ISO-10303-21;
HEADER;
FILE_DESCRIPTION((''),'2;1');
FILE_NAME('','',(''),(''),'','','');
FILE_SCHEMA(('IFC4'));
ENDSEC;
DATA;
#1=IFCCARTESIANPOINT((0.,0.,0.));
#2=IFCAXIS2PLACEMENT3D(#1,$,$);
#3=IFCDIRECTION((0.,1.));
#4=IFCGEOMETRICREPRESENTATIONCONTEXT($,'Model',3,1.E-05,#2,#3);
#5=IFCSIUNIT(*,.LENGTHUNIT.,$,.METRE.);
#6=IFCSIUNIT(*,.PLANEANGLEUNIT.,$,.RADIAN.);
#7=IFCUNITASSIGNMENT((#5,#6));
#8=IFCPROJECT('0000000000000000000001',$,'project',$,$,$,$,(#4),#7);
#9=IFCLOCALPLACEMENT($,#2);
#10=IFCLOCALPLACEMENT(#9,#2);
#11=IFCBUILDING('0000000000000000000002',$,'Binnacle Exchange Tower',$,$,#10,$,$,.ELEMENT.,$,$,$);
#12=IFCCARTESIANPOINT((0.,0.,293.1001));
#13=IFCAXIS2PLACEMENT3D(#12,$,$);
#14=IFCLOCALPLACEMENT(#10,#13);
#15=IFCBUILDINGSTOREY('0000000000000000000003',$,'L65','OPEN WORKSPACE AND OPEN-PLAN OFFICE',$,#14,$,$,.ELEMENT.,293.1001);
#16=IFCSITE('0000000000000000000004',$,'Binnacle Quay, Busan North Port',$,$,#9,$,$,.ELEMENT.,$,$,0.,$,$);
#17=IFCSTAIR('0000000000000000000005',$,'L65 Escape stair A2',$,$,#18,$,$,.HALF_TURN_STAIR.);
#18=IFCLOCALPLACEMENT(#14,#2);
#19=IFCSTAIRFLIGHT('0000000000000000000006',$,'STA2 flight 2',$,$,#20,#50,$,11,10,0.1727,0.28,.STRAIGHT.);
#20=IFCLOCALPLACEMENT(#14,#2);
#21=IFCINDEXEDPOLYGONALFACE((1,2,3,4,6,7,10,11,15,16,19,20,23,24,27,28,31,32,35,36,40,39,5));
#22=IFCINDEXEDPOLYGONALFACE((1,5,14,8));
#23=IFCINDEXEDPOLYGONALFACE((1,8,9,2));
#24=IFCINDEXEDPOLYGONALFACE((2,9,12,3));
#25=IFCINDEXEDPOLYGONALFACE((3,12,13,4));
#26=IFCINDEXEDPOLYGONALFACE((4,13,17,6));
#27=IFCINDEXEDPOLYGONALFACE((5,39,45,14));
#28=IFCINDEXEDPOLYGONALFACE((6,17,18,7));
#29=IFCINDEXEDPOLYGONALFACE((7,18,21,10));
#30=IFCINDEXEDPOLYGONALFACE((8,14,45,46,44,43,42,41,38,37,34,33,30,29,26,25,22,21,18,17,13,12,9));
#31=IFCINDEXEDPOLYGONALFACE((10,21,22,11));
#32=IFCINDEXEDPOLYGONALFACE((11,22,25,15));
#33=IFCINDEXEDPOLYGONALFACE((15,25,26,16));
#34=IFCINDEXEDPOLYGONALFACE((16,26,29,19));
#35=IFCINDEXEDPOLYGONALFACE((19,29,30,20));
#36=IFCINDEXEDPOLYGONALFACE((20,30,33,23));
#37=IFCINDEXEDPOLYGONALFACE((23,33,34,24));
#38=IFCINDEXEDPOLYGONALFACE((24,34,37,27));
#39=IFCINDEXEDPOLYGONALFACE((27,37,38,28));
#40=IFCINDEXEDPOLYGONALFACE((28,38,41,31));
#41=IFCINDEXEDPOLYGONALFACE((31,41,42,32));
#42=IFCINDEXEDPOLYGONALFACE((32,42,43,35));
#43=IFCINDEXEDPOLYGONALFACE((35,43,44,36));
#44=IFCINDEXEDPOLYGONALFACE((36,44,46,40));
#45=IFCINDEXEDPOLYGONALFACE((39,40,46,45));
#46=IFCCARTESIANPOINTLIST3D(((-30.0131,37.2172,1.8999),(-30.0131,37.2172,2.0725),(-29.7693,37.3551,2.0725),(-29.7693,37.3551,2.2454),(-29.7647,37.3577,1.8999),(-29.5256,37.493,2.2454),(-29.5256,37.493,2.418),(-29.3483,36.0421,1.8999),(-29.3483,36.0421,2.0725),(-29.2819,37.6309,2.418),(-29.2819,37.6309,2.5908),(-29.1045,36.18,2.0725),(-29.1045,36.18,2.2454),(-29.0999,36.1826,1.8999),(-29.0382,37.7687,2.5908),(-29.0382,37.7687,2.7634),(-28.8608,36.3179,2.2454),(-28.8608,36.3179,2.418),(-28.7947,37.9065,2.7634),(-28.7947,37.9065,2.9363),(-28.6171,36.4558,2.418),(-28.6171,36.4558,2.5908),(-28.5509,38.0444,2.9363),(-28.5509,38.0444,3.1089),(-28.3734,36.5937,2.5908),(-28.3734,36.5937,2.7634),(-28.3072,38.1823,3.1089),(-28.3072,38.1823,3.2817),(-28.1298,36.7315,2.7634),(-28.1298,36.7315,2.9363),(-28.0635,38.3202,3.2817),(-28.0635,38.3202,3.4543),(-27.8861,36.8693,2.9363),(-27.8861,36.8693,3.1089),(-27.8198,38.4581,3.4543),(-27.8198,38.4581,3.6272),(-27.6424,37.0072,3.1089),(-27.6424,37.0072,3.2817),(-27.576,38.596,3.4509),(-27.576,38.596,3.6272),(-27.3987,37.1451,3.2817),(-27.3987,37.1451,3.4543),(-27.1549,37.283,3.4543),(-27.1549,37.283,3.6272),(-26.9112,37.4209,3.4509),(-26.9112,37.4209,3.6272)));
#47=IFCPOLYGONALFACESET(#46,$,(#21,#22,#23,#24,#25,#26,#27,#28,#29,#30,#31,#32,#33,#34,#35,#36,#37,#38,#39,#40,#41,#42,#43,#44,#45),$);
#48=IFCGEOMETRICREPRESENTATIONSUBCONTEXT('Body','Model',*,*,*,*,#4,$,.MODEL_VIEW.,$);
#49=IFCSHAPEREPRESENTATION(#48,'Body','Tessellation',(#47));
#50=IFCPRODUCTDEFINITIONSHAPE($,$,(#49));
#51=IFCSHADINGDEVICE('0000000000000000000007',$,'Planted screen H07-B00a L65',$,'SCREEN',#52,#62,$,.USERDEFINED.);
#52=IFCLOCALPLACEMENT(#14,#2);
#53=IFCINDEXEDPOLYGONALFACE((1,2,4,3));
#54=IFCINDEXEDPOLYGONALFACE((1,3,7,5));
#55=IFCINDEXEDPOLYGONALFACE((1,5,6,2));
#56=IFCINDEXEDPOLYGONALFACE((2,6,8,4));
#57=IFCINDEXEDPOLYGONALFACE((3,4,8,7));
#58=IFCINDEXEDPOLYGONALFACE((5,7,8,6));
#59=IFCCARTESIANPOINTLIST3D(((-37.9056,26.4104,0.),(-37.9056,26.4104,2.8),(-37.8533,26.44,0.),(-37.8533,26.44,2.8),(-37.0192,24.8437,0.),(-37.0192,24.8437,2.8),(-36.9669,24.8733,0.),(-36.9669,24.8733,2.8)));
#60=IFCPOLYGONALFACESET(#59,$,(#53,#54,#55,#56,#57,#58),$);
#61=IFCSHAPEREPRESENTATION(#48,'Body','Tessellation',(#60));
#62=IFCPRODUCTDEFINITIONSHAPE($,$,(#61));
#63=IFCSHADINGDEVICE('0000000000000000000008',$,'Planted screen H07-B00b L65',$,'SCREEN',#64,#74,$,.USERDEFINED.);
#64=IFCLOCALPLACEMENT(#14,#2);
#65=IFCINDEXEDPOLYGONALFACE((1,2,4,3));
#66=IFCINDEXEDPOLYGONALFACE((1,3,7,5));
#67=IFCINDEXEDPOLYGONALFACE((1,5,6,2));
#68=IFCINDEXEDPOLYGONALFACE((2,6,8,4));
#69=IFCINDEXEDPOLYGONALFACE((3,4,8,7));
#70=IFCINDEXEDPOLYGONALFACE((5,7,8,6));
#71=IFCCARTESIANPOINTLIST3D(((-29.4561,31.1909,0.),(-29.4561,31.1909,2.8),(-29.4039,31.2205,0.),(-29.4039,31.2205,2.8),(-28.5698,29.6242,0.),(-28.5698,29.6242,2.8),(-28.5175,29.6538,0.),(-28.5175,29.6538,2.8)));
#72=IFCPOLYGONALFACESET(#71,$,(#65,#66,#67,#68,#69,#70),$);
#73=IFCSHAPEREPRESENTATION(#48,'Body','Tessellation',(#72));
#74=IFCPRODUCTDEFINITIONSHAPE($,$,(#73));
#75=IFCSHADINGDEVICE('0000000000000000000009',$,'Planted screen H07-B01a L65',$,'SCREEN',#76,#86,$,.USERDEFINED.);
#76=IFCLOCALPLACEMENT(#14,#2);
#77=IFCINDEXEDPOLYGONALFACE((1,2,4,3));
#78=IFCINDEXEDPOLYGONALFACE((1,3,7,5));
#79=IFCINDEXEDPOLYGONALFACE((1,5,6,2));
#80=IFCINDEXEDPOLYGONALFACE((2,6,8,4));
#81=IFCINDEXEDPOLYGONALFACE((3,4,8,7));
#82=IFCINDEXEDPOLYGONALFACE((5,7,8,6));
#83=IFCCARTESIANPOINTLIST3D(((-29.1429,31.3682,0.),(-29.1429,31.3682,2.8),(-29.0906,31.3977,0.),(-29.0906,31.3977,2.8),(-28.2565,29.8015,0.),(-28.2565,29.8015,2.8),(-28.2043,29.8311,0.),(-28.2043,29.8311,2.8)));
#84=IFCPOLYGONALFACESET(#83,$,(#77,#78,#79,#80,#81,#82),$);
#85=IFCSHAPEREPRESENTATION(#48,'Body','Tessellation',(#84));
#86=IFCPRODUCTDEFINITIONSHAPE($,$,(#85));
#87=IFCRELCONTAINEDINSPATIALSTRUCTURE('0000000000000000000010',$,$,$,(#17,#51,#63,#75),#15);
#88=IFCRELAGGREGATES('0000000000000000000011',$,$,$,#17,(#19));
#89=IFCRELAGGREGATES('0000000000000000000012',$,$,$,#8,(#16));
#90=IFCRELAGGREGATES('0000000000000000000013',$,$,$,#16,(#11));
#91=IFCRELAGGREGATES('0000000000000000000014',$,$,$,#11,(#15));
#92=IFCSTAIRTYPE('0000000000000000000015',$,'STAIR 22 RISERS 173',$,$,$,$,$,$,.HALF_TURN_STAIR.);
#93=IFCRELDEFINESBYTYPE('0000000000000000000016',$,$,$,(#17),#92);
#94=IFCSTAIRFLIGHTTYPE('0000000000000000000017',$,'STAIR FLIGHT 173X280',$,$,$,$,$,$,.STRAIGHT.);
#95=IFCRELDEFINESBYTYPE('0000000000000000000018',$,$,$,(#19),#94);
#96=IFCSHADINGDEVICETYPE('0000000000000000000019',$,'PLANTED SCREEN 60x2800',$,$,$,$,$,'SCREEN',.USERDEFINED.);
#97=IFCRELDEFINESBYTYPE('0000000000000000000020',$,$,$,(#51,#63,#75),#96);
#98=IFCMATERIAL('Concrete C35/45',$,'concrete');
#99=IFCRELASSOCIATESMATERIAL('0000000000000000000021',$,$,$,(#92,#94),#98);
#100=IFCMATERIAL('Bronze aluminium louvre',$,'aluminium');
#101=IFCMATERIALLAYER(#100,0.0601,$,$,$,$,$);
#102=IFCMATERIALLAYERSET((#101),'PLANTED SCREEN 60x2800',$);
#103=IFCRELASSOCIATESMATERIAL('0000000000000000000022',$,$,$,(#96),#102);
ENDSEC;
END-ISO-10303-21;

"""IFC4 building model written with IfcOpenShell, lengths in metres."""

from ifc_helpers import new_model, si_unit, direction, frame, origin, origin_2d, place, context, subcontext, project, spatial, polyline, rectangle, outline, extrude, material, layer, layer_set, type_object, element, aggregate, save


model = new_model("IFC4")

# Units and contexts
model_context = context("Model", 3, precision=1e-05, world=origin(), true_north=direction((0.0, 1.0)))
body_context = subcontext(model_context, "Body", "Model", "MODEL_VIEW")
ifc_project = project(units=[si_unit("LENGTHUNIT", "METRE"), si_unit("PLANEANGLEUNIT", "RADIAN")], contexts=[model_context])

# Site, building, storey
site_placement = place(None, origin())
site = spatial("IfcSite", under=ifc_project, at=site_placement, Name="Binnacle Quay, Busan North Port", CompositionType="ELEMENT", RefElevation=0.0)
building_placement = place(site_placement, origin())
building = spatial("IfcBuilding", under=site, at=building_placement, Name="Binnacle Exchange Tower", CompositionType="ELEMENT")
storey_placement = place(building_placement, frame((0.0, 0.0, 293.1001)))
storey = spatial("IfcBuildingStorey", under=building, at=storey_placement, Name="L65", Description="OPEN WORKSPACE AND OPEN-PLAN OFFICE", CompositionType="ELEMENT", Elevation=293.1001)

# Stair, stair flight
ifc_material_1 = material(Name="Concrete C35/45", Category="concrete")
stair_type = type_object("IfcStairType", Name="STAIR 22 RISERS 173", PredefinedType="HALF_TURN_STAIR", material=ifc_material_1)
stair_placement = place(storey_placement, origin())
stair = element("IfcStair", 1, at=stair_placement, inside=storey, type_object=stair_type, Name="L65 Escape stair A2", PredefinedType="HALF_TURN_STAIR")
stair_flight_type = type_object("IfcStairFlightType", Name="STAIR FLIGHT 173X280", PredefinedType="STRAIGHT", material=ifc_material_1)
stair_flight_placement = place(storey_placement, frame((-29.6807, 36.6296, 1.8999), z_axis=(0.0, 0.0, 1.0), x_axis=(0.870356, 0.492424, 0.0)))
stair_flight = element("IfcStairFlight", 2, at=stair_flight_placement, type_object=stair_flight_type, Name="STA2 flight 2", NumberOfRisers=11, NumberOfTreads=10, PredefinedType="STRAIGHT", RiserHeight=0.1727, TreadLength=0.28, context=body_context, shape_type="SweptSolid", body=[
    extrude(outline(polyline([(0.0, 0.0), (0.0, 0.1726), (0.28, 0.1726), (0.28, 0.3455), (0.5601, 0.3455), (0.5601, 0.5181), (0.8401, 0.5181), (0.8401, 0.6909), (1.1201, 0.6909), (1.1201, 0.8635), (1.3999, 0.8635), (1.3999, 1.0364), (1.6799, 1.0364), (1.6799, 1.209), (1.96, 1.209), (1.96, 1.3818), (2.24, 1.3818), (2.24, 1.5544), (2.52, 1.5544), (2.52, 1.7273), (2.8, 1.7273), (2.8, 1.8999), (2.8, 1.551), (0.2854, 0.0), (0.0, 0.0)])), frame((0.0, 0.675, 0.0), z_axis=(0.0, -1.0, 0.0), x_axis=(1.0, 0.0, 0.0)), (0.0, 0.0, 1.0), 1.3501),
])
aggregate(stair, [stair_flight])

# Shading devices
ifc_material_2 = material(Name="Bronze aluminium louvre", Category="aluminium")
ifc_layer_1 = layer(ifc_material_2, 0.0601)
ifc_layer_set_1 = layer_set([ifc_layer_1], Name="PLANTED SCREEN 60x2800")
shading_device_type = type_object("IfcShadingDeviceType", Name="PLANTED SCREEN 60x2800", ElementType="SCREEN", PredefinedType="USERDEFINED", material=ifc_layer_set_1)
for number, where, z_axis, x_axis, name in (
    (3, (-37.4363, 25.6418, 0.0), (0.0, 0.0, 1.0), (0.870356, 0.492424, 0.0), "Planted screen H07-B00a L65"),
    (4, (-28.9868, 30.4224, 0.0), (0.0, 0.0, 1.0), (0.870356, 0.492424, 0.0), "Planted screen H07-B00b L65"),
    (5, (-28.6736, 30.5996, 0.0), (0.0, 0.0, 1.0), (0.870356, 0.492424, 0.0), "Planted screen H07-B01a L65"),
):
    element("IfcShadingDevice", number, at=place(storey_placement, frame(where, z_axis=z_axis, x_axis=x_axis)), inside=storey, type_object=shading_device_type, Name=name, ObjectType="SCREEN", PredefinedType="USERDEFINED", context=body_context, shape_type="SweptSolid", body=[
        extrude(rectangle(XDim=0.0601, YDim=1.8, at=origin_2d()), origin(), (0.0, 0.0, 1.0), 2.8),
    ])

save(model, "model.ifc")
